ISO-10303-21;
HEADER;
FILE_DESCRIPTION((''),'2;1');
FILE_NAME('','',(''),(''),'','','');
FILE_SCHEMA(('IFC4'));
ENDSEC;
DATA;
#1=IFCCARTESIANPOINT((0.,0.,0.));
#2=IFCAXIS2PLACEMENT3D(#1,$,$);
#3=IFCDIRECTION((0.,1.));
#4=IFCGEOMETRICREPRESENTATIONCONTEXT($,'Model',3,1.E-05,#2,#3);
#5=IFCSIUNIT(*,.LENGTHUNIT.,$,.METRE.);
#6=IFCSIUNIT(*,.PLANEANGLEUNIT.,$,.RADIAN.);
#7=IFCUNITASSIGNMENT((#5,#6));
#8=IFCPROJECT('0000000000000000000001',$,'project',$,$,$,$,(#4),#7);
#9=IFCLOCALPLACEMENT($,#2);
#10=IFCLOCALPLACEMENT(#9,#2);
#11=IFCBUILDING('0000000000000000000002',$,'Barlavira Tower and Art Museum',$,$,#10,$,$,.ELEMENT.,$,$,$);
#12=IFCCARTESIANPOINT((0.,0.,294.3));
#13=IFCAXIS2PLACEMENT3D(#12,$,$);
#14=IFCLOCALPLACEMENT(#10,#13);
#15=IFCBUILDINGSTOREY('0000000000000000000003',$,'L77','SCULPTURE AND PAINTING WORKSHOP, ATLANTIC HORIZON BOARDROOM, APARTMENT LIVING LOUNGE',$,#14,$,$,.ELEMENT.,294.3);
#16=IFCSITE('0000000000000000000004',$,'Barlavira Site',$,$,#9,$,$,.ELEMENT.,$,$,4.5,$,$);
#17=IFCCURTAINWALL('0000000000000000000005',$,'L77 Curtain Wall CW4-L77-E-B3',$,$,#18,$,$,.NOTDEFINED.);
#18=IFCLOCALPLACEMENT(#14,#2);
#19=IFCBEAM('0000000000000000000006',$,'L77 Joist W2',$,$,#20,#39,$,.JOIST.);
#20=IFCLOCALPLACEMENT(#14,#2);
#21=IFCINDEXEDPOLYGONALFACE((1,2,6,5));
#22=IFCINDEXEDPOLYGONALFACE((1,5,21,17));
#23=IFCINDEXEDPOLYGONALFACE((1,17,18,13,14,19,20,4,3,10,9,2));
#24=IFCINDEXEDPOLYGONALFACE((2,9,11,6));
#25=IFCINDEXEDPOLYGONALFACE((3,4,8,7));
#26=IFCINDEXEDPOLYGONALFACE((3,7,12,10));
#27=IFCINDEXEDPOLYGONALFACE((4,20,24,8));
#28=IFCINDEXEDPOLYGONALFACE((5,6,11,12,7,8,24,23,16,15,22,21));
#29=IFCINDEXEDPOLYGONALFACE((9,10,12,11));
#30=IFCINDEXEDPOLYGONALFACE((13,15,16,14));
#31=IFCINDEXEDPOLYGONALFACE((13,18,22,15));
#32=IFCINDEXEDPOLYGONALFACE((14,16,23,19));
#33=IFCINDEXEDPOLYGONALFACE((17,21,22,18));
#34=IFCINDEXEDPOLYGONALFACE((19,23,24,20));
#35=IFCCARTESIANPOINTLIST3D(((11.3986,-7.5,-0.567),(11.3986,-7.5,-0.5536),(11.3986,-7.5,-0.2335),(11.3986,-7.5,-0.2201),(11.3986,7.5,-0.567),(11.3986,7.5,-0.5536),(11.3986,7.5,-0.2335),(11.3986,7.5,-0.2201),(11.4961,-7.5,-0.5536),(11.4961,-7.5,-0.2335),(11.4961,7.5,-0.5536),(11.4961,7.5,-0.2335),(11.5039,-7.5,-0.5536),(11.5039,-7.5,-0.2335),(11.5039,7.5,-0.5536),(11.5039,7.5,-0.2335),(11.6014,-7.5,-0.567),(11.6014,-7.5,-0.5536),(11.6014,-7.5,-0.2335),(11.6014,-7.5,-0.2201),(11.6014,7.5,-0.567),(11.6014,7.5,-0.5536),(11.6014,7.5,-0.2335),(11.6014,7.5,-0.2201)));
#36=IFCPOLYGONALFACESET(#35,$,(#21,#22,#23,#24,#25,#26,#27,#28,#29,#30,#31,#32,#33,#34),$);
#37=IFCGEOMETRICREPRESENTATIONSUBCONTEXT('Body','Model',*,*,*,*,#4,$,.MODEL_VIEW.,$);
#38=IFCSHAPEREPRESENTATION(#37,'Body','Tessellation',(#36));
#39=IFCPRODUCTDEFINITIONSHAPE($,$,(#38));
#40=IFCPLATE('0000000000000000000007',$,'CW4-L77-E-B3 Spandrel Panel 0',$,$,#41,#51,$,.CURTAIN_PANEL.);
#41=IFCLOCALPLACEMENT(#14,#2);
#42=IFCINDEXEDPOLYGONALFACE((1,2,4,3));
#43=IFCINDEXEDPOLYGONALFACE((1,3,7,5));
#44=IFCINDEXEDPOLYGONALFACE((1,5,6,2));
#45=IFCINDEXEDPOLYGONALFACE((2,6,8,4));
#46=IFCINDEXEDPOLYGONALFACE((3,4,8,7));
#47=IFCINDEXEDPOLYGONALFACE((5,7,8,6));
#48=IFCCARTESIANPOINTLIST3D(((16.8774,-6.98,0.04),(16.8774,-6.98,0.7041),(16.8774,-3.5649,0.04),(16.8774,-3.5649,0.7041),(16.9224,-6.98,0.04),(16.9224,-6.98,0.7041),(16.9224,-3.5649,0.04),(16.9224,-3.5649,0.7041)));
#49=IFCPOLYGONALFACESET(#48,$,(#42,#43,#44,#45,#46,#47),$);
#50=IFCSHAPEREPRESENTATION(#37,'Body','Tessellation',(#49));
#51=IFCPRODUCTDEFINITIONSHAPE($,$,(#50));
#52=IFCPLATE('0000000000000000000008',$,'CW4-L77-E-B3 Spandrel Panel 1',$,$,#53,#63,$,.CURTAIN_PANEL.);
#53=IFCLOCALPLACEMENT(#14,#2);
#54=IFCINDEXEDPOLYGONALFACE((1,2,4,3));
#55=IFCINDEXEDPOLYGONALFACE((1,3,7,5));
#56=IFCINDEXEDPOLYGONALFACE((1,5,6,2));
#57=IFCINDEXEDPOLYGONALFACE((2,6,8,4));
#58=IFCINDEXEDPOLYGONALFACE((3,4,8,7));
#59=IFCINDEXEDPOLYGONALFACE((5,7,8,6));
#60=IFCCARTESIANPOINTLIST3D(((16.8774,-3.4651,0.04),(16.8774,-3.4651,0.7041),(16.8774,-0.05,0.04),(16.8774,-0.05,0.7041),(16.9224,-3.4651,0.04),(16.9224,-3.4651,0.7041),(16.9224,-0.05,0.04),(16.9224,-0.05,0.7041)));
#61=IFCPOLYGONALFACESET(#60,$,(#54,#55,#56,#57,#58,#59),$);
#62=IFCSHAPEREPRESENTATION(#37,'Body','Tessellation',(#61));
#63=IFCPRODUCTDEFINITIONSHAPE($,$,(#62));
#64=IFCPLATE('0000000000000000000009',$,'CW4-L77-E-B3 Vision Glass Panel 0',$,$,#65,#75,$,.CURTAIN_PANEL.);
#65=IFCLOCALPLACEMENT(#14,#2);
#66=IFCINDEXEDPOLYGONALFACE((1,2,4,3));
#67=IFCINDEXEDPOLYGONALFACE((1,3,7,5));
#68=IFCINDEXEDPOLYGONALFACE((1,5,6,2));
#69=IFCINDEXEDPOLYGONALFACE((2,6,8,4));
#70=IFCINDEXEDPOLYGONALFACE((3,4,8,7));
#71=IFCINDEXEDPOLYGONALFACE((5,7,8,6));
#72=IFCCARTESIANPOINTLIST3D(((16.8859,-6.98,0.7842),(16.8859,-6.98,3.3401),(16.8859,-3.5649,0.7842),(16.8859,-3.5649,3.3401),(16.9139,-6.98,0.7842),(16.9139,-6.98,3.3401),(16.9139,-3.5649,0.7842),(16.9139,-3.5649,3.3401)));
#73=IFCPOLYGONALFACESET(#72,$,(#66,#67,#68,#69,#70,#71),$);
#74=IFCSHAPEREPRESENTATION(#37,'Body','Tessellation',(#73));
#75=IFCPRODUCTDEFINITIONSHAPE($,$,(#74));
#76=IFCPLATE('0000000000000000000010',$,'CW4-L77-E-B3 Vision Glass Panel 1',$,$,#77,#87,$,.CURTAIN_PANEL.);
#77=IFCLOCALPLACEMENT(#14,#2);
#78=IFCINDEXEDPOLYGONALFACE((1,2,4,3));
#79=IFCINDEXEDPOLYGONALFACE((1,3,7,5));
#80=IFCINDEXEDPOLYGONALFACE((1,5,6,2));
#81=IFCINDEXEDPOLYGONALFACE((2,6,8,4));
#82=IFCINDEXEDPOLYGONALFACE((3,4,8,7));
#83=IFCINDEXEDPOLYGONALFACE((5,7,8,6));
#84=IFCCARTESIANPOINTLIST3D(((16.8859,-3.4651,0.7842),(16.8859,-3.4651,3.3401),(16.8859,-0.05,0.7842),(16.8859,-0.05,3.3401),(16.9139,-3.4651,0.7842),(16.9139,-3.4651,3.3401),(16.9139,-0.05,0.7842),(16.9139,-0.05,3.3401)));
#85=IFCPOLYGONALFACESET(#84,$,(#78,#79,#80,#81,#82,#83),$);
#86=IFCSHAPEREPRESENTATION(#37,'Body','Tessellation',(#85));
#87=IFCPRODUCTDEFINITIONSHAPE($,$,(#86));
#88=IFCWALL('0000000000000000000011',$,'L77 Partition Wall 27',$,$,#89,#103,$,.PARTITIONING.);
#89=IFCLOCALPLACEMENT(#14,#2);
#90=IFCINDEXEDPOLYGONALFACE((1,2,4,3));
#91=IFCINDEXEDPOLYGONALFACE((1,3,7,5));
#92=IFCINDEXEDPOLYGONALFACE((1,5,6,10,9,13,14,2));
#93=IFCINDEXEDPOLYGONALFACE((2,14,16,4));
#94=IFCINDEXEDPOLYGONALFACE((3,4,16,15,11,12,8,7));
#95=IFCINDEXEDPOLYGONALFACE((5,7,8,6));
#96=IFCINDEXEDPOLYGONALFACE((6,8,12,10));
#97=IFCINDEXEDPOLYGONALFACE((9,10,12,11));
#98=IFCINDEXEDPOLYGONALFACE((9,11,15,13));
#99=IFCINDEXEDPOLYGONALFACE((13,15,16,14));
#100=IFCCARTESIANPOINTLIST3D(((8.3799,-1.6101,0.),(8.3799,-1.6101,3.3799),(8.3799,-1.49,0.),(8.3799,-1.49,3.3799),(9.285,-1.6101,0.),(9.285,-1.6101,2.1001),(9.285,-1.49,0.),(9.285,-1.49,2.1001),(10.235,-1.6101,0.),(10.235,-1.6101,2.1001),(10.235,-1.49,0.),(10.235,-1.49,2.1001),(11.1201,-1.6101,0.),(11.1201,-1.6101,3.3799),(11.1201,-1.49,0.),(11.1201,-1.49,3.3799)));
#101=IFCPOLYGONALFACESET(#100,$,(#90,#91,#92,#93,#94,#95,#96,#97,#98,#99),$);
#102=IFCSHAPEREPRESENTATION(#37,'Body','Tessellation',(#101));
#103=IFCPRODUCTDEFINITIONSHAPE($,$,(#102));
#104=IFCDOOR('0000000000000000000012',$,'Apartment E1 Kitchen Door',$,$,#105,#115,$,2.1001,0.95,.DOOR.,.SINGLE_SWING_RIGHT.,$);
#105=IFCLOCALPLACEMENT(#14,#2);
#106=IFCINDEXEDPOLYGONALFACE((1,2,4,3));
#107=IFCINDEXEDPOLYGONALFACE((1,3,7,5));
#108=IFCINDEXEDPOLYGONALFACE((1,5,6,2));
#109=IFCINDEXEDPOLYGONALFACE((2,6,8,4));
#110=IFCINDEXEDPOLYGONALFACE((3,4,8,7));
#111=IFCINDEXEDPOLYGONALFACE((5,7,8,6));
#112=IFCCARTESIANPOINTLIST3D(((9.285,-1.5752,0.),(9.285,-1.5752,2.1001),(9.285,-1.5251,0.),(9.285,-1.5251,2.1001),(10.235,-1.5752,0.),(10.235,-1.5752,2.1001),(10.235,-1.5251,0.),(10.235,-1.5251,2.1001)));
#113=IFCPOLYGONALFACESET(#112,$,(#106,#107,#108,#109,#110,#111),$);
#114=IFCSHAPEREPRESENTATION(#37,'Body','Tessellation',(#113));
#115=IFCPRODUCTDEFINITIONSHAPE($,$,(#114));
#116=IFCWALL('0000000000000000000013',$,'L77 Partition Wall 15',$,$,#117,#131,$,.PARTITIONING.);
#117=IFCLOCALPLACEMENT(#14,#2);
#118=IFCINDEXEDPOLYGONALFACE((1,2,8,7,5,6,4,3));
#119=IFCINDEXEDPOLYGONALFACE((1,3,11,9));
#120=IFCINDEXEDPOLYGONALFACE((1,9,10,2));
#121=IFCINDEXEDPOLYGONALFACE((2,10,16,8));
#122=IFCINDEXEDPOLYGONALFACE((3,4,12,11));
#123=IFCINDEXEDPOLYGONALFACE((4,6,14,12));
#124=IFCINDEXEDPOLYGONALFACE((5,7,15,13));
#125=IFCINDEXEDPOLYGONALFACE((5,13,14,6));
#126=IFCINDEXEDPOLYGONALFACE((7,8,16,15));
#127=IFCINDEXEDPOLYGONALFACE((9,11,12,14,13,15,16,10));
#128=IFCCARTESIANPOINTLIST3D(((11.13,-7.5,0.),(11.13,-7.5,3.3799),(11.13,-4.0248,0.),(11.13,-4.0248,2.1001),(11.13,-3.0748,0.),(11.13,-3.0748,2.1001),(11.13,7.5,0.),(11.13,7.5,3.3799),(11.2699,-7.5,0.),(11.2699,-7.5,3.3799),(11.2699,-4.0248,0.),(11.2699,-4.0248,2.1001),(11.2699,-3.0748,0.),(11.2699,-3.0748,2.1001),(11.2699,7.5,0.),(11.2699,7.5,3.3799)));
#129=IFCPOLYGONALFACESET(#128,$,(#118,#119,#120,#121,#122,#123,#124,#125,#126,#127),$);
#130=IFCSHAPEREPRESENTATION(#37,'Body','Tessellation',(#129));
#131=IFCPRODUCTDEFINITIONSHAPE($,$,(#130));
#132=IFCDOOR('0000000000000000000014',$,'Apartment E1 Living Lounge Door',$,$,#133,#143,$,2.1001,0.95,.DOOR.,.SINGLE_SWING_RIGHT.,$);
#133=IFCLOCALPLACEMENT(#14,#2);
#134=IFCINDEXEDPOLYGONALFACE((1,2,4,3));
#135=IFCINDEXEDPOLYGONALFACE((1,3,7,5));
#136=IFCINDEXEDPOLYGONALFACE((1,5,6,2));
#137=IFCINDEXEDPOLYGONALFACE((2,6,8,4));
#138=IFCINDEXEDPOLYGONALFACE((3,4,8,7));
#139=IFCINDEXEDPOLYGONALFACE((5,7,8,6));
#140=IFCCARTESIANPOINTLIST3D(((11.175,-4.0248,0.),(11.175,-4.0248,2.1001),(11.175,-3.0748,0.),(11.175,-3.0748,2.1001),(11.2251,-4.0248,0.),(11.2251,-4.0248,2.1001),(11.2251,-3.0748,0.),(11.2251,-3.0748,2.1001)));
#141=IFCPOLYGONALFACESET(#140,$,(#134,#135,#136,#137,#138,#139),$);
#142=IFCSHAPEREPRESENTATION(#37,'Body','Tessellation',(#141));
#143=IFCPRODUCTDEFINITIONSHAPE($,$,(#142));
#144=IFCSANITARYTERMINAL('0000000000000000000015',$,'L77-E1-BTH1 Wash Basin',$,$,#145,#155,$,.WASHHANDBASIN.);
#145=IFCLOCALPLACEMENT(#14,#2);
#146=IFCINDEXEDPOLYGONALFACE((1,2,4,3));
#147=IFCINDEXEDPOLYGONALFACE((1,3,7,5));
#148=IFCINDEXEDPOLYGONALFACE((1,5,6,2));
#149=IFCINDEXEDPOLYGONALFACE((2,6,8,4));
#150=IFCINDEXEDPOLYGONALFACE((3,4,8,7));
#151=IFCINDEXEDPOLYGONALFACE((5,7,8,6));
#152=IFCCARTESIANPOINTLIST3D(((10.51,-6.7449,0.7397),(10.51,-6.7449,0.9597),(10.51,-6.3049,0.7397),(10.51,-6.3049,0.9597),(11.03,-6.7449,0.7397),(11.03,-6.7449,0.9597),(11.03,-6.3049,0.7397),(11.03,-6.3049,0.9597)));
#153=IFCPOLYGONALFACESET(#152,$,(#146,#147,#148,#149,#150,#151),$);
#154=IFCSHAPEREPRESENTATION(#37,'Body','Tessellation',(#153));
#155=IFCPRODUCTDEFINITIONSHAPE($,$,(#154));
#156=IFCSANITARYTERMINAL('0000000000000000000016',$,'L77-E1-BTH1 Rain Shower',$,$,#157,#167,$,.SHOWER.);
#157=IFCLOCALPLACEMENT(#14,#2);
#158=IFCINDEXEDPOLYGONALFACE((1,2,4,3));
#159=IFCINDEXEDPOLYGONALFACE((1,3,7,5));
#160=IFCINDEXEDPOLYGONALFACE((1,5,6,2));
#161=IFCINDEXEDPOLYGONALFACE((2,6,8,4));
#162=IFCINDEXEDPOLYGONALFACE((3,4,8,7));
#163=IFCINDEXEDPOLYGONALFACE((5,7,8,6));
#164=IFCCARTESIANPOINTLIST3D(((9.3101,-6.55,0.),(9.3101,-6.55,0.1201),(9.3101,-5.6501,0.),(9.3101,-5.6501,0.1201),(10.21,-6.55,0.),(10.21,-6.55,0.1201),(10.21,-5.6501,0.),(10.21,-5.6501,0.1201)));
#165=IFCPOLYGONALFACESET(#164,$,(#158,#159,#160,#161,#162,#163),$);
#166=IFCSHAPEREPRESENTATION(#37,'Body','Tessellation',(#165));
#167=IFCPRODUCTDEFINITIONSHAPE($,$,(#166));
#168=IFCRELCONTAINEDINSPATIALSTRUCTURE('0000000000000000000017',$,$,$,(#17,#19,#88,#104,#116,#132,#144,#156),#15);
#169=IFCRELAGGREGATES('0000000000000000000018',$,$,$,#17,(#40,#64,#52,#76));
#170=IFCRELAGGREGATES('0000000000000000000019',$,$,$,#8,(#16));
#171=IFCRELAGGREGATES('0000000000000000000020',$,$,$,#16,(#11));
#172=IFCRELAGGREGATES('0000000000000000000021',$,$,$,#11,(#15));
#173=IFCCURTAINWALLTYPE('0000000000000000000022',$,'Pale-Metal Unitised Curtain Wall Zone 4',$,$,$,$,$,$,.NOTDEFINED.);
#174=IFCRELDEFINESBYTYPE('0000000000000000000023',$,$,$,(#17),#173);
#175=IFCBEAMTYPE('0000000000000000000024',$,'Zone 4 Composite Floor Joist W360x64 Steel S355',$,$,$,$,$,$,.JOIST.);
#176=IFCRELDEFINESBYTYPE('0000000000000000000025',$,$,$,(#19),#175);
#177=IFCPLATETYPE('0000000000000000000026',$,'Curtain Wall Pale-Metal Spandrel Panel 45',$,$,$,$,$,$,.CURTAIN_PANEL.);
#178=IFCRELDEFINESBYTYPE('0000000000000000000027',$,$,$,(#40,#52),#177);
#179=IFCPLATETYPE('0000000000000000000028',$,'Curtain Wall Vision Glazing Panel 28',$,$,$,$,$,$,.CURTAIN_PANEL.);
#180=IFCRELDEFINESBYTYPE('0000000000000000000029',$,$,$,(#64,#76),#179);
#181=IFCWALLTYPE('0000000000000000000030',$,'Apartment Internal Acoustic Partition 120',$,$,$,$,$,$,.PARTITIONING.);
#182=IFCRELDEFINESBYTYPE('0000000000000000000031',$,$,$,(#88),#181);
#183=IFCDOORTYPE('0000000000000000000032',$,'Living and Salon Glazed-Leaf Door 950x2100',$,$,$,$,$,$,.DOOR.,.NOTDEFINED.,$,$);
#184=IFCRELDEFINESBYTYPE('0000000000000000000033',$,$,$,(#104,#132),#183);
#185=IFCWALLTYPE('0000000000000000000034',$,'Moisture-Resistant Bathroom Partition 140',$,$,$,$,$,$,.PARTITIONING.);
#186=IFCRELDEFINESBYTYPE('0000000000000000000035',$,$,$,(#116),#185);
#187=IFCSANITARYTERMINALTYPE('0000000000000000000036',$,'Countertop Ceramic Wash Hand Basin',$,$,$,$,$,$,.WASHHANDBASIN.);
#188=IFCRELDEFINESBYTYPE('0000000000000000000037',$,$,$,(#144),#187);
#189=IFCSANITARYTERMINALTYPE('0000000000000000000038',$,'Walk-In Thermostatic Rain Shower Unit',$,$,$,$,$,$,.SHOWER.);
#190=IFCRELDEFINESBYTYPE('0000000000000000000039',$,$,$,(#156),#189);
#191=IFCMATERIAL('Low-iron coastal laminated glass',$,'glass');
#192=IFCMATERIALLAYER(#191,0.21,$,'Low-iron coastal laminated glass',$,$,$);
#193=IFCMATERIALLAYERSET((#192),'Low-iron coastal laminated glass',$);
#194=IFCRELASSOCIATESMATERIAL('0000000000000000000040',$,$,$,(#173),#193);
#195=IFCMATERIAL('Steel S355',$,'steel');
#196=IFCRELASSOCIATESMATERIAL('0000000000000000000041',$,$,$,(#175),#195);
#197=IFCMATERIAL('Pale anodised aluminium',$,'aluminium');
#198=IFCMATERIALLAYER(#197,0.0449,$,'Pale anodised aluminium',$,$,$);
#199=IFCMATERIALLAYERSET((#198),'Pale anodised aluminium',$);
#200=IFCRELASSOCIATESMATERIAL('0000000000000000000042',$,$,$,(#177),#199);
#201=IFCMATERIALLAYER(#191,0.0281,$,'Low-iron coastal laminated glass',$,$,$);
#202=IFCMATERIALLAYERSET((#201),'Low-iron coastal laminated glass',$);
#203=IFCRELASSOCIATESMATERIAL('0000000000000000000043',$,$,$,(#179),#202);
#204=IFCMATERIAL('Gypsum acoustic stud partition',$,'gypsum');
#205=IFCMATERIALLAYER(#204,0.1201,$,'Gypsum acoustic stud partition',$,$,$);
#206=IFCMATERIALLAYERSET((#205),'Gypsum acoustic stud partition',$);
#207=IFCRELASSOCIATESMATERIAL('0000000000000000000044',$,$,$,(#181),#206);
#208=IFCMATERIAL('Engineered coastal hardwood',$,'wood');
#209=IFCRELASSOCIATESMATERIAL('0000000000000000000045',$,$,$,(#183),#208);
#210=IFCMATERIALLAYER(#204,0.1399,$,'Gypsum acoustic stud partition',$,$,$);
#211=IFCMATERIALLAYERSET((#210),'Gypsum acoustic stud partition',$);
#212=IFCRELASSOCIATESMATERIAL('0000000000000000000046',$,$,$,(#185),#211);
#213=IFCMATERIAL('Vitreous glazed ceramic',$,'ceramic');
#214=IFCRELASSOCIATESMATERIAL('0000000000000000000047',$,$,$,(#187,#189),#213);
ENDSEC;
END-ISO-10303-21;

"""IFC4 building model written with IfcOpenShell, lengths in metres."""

from ifc_helpers import new_model, si_unit, direction, frame, frame_2d, origin, origin_2d, place, context, subcontext, project, spatial, rectangle, i_section, extrude, material, layer, layer_set, material_profile, profile_set, type_object, element, fill, aggregate, save


model = new_model("IFC4")

# Units and contexts
model_context = context("Model", 3, precision=1e-05, world=origin(), true_north=direction((0.0, 1.0)))
body_context = subcontext(model_context, "Body", "Model", "MODEL_VIEW")
ifc_project = project(units=[si_unit("LENGTHUNIT", "METRE"), si_unit("PLANEANGLEUNIT", "RADIAN")], contexts=[model_context])

# Site, building, storey
site_placement = place(None, origin())
site = spatial("IfcSite", under=ifc_project, at=site_placement, Name="Barlavira Site", CompositionType="ELEMENT", RefElevation=4.5)
building_placement = place(site_placement, origin())
building = spatial("IfcBuilding", under=site, at=building_placement, Name="Barlavira Tower and Art Museum", CompositionType="ELEMENT")
storey_placement = place(building_placement, frame((0.0, 0.0, 294.3)))
storey = spatial("IfcBuildingStorey", under=building, at=storey_placement, Name="L77", Description="SCULPTURE AND PAINTING WORKSHOP, ATLANTIC HORIZON BOARDROOM, APARTMENT LIVING LOUNGE", CompositionType="ELEMENT", Elevation=294.3)

# Curtain wall
ifc_material_1 = material(Name="Low-iron coastal laminated glass", Category="glass")
ifc_layer_1 = layer(ifc_material_1, 0.21, Name="Low-iron coastal laminated glass")
ifc_layer_set_1 = layer_set([ifc_layer_1], Name="Low-iron coastal laminated glass")
curtain_wall_type = type_object("IfcCurtainWallType", Name="Pale-Metal Unitised Curtain Wall Zone 4", PredefinedType="NOTDEFINED", material=ifc_layer_set_1)
curtain_wall_placement = place(storey_placement, origin())
curtain_wall = element("IfcCurtainWall", 1, at=curtain_wall_placement, inside=storey, type_object=curtain_wall_type, Name="L77 Curtain Wall CW4-L77-E-B3", PredefinedType="NOTDEFINED")
ifc_material_2 = material(Name="Pale anodised aluminium", Category="aluminium")

# Beam
ifc_material_3 = material(Name="Steel S355", Category="steel")
ifc_material_profile_1 = material_profile(ifc_material_3, i_section(OverallWidth=0.2029, OverallDepth=0.3469, WebThickness=0.0078, FlangeThickness=0.0134, at=origin_2d()), Name="W360x64.0")
ifc_profile_set_1 = profile_set([ifc_material_profile_1], Name="Steel S355")
beam_type_1 = type_object("IfcBeamType", Name="Zone 4 Composite Floor Joist W360x64 Steel S355", PredefinedType="JOIST", material=ifc_profile_set_1)
beam_1_placement = place(storey_placement, frame((11.5, -7.5, -0.3936), z_axis=(0.0, 1.0, 0.0), x_axis=(-1.0, 0.0, 0.0)))
element("IfcBeam", 2, at=beam_1_placement, inside=storey, type_object=beam_type_1, Name="L77 Joist W2", PredefinedType="JOIST", context=body_context, shape_type="SweptSolid", body=[
    extrude(i_section(OverallWidth=0.2029, OverallDepth=0.3469, WebThickness=0.0078, FlangeThickness=0.0134, at=origin_2d()), origin(), (0.0, 0.0, 1.0), 15.0),
])

# Plates
ifc_layer_2 = layer(ifc_material_2, 0.0449, Name="Pale anodised aluminium")
ifc_layer_set_2 = layer_set([ifc_layer_2], Name="Pale anodised aluminium")
plate_type_1 = type_object("IfcPlateType", Name="Curtain Wall Pale-Metal Spandrel Panel 45", PredefinedType="CURTAIN_PANEL", material=ifc_layer_set_2)
plate_1_placement = place(storey_placement, frame((16.8999, -5.2725, 0.04), z_axis=(0.0, 0.0, 1.0), x_axis=(0.0, 1.0, 0.0)))
plate_1 = element("IfcPlate", 3, at=plate_1_placement, type_object=plate_type_1, Name="CW4-L77-E-B3 Spandrel Panel 0", PredefinedType="CURTAIN_PANEL", context=body_context, shape_type="SweptSolid", body=[
    extrude(rectangle(XDim=3.415, YDim=0.0449, at=origin_2d()), origin(), (0.0, 0.0, 1.0), 0.6641),
])
plate_2_placement = place(storey_placement, frame((16.8999, -1.7576, 0.04), z_axis=(0.0, 0.0, 1.0), x_axis=(0.0, 1.0, 0.0)))
plate_2 = element("IfcPlate", 4, at=plate_2_placement, type_object=plate_type_1, Name="CW4-L77-E-B3 Spandrel Panel 1", PredefinedType="CURTAIN_PANEL", context=body_context, shape_type="SweptSolid", body=[
    extrude(rectangle(XDim=3.415, YDim=0.0449, at=origin_2d()), origin(), (0.0, 0.0, 1.0), 0.6641),
])
ifc_layer_3 = layer(ifc_material_1, 0.0281, Name="Low-iron coastal laminated glass")
ifc_layer_set_3 = layer_set([ifc_layer_3], Name="Low-iron coastal laminated glass")
plate_type_2 = type_object("IfcPlateType", Name="Curtain Wall Vision Glazing Panel 28", PredefinedType="CURTAIN_PANEL", material=ifc_layer_set_3)
plate_3_placement = place(storey_placement, frame((16.8999, -5.2725, 0.7842), z_axis=(0.0, 0.0, 1.0), x_axis=(0.0, 1.0, 0.0)))
plate_3 = element("IfcPlate", 5, at=plate_3_placement, type_object=plate_type_2, Name="CW4-L77-E-B3 Vision Glass Panel 0", PredefinedType="CURTAIN_PANEL", context=body_context, shape_type="SweptSolid", body=[
    extrude(rectangle(XDim=3.415, YDim=0.0281, at=origin_2d()), origin(), (0.0, 0.0, 1.0), 2.5559),
])
plate_4_placement = place(storey_placement, frame((16.8999, -1.7576, 0.7842), z_axis=(0.0, 0.0, 1.0), x_axis=(0.0, 1.0, 0.0)))
plate_4 = element("IfcPlate", 6, at=plate_4_placement, type_object=plate_type_2, Name="CW4-L77-E-B3 Vision Glass Panel 1", PredefinedType="CURTAIN_PANEL", context=body_context, shape_type="SweptSolid", body=[
    extrude(rectangle(XDim=3.415, YDim=0.0281, at=origin_2d()), origin(), (0.0, 0.0, 1.0), 2.5559),
])
aggregate(curtain_wall, [plate_1, plate_3, plate_2, plate_4])

# Wall, opening, door
ifc_material_4 = material(Name="Gypsum acoustic stud partition", Category="gypsum")
ifc_layer_4 = layer(ifc_material_4, 0.1201, Name="Gypsum acoustic stud partition")
ifc_layer_set_4 = layer_set([ifc_layer_4], Name="Gypsum acoustic stud partition")
wall_type_1 = type_object("IfcWallType", Name="Apartment Internal Acoustic Partition 120", PredefinedType="PARTITIONING", material=ifc_layer_set_4)
wall_1_placement = place(storey_placement, frame((8.3799, -1.55, 0.0), z_axis=(0.0, 0.0, 1.0), x_axis=(1.0, 0.0, 0.0)))
wall_1 = element("IfcWall", 7, at=wall_1_placement, inside=storey, type_object=wall_type_1, Name="L77 Partition Wall 27", PredefinedType="PARTITIONING", context=body_context, shape_type="SweptSolid", body=[
    extrude(rectangle(XDim=2.7402, YDim=0.1201, at=frame_2d((1.3701, 0.0))), origin(), (0.0, 0.0, 1.0), 3.3799),
])
opening_1_placement = place(wall_1_placement, frame((0.905, 0.0, 0.0)))
opening_1 = element("IfcOpeningElement", 8, at=opening_1_placement, cuts=wall_1, PredefinedType="OPENING", context=body_context, shape_type="SweptSolid", body=[
    extrude(rectangle(XDim=0.95, YDim=2.1001, at=frame_2d((0.4751, 1.05))), frame((0.0, 0.0701, 0.0), z_axis=(0.0, -1.0, 0.0), x_axis=(1.0, 0.0, 0.0)), (0.0, 0.0, 1.0), 0.1401),
])
ifc_material_5 = material(Name="Engineered coastal hardwood", Category="wood")
door_type = type_object("IfcDoorType", Name="Living and Salon Glazed-Leaf Door 950x2100", OperationType="NOTDEFINED", PredefinedType="DOOR", material=ifc_material_5)
door_1_placement = place(opening_1_placement, origin())
door_1 = element("IfcDoor", 9, at=door_1_placement, inside=storey, type_object=door_type, Name="Apartment E1 Kitchen Door", OperationType="SINGLE_SWING_RIGHT", OverallHeight=2.1001, OverallWidth=0.95, PredefinedType="DOOR", context=body_context, shape_type="SweptSolid", body=[
    extrude(rectangle(XDim=0.95, YDim=2.1001, at=frame_2d((0.4751, 1.05))), frame((0.0, 0.0249, 0.0), z_axis=(0.0, -1.0, 0.0), x_axis=(1.0, 0.0, 0.0)), (0.0, 0.0, 1.0), 0.05),
])
fill(opening_1, door_1)

# Wall, opening, door
ifc_layer_5 = layer(ifc_material_4, 0.1399, Name="Gypsum acoustic stud partition")
ifc_layer_set_5 = layer_set([ifc_layer_5], Name="Gypsum acoustic stud partition")
wall_type_2 = type_object("IfcWallType", Name="Moisture-Resistant Bathroom Partition 140", PredefinedType="PARTITIONING", material=ifc_layer_set_5)
wall_2_placement = place(storey_placement, frame((11.2, -7.5, 0.0), z_axis=(0.0, 0.0, 1.0), x_axis=(0.0, 1.0, 0.0)))
wall_2 = element("IfcWall", 10, at=wall_2_placement, inside=storey, type_object=wall_type_2, Name="L77 Partition Wall 15", PredefinedType="PARTITIONING", context=body_context, shape_type="SweptSolid", body=[
    extrude(rectangle(XDim=15.0, YDim=0.1399, at=frame_2d((7.5, 0.0))), origin(), (0.0, 0.0, 1.0), 3.3799),
])
opening_2_placement = place(wall_2_placement, frame((3.4751, 0.0, 0.0)))
opening_2 = element("IfcOpeningElement", 11, at=opening_2_placement, cuts=wall_2, PredefinedType="OPENING", context=body_context, shape_type="SweptSolid", body=[
    extrude(rectangle(XDim=0.95, YDim=2.1001, at=frame_2d((0.4751, 1.05))), frame((0.0, 0.0801, 0.0), z_axis=(0.0, -1.0, 0.0), x_axis=(1.0, 0.0, 0.0)), (0.0, 0.0, 1.0), 0.1599),
])
door_2_placement = place(opening_2_placement, origin())
door_2 = element("IfcDoor", 12, at=door_2_placement, inside=storey, type_object=door_type, Name="Apartment E1 Living Lounge Door", OperationType="SINGLE_SWING_RIGHT", OverallHeight=2.1001, OverallWidth=0.95, PredefinedType="DOOR", context=body_context, shape_type="SweptSolid", body=[
    extrude(rectangle(XDim=0.95, YDim=2.1001, at=frame_2d((0.4751, 1.05))), frame((0.0, 0.0249, 0.0), z_axis=(0.0, -1.0, 0.0), x_axis=(1.0, 0.0, 0.0)), (0.0, 0.0, 1.0), 0.05),
])
fill(opening_2, door_2)

# Sanitary terminals
ifc_material_6 = material(Name="Vitreous glazed ceramic", Category="ceramic")
sanitary_terminal_type_1 = type_object("IfcSanitaryTerminalType", Name="Countertop Ceramic Wash Hand Basin", PredefinedType="WASHHANDBASIN", material=ifc_material_6)
sanitary_terminal_1_placement = place(storey_placement, frame((10.77, -6.5249, 0.7397), z_axis=(0.0, 0.0, 1.0), x_axis=(1.0, 0.0, 0.0)))
element("IfcSanitaryTerminal", 13, at=sanitary_terminal_1_placement, inside=storey, type_object=sanitary_terminal_type_1, Name="L77-E1-BTH1 Wash Basin", PredefinedType="WASHHANDBASIN", context=body_context, shape_type="SweptSolid", body=[
    extrude(rectangle(XDim=0.52, YDim=0.4399, at=origin_2d()), origin(), (0.0, 0.0, 1.0), 0.22),
])
sanitary_terminal_type_2 = type_object("IfcSanitaryTerminalType", Name="Walk-In Thermostatic Rain Shower Unit", PredefinedType="SHOWER", material=ifc_material_6)
sanitary_terminal_2_placement = place(storey_placement, frame((9.76, -6.1001, 0.0), z_axis=(0.0, 0.0, 1.0), x_axis=(1.0, 0.0, 0.0)))
element("IfcSanitaryTerminal", 14, at=sanitary_terminal_2_placement, inside=storey, type_object=sanitary_terminal_type_2, Name="L77-E1-BTH1 Rain Shower", PredefinedType="SHOWER", context=body_context, shape_type="SweptSolid", body=[
    extrude(rectangle(XDim=0.8999, YDim=0.8999, at=origin_2d()), origin(), (0.0, 0.0, 1.0), 0.1201),
])

save(model, "model.ifc")
